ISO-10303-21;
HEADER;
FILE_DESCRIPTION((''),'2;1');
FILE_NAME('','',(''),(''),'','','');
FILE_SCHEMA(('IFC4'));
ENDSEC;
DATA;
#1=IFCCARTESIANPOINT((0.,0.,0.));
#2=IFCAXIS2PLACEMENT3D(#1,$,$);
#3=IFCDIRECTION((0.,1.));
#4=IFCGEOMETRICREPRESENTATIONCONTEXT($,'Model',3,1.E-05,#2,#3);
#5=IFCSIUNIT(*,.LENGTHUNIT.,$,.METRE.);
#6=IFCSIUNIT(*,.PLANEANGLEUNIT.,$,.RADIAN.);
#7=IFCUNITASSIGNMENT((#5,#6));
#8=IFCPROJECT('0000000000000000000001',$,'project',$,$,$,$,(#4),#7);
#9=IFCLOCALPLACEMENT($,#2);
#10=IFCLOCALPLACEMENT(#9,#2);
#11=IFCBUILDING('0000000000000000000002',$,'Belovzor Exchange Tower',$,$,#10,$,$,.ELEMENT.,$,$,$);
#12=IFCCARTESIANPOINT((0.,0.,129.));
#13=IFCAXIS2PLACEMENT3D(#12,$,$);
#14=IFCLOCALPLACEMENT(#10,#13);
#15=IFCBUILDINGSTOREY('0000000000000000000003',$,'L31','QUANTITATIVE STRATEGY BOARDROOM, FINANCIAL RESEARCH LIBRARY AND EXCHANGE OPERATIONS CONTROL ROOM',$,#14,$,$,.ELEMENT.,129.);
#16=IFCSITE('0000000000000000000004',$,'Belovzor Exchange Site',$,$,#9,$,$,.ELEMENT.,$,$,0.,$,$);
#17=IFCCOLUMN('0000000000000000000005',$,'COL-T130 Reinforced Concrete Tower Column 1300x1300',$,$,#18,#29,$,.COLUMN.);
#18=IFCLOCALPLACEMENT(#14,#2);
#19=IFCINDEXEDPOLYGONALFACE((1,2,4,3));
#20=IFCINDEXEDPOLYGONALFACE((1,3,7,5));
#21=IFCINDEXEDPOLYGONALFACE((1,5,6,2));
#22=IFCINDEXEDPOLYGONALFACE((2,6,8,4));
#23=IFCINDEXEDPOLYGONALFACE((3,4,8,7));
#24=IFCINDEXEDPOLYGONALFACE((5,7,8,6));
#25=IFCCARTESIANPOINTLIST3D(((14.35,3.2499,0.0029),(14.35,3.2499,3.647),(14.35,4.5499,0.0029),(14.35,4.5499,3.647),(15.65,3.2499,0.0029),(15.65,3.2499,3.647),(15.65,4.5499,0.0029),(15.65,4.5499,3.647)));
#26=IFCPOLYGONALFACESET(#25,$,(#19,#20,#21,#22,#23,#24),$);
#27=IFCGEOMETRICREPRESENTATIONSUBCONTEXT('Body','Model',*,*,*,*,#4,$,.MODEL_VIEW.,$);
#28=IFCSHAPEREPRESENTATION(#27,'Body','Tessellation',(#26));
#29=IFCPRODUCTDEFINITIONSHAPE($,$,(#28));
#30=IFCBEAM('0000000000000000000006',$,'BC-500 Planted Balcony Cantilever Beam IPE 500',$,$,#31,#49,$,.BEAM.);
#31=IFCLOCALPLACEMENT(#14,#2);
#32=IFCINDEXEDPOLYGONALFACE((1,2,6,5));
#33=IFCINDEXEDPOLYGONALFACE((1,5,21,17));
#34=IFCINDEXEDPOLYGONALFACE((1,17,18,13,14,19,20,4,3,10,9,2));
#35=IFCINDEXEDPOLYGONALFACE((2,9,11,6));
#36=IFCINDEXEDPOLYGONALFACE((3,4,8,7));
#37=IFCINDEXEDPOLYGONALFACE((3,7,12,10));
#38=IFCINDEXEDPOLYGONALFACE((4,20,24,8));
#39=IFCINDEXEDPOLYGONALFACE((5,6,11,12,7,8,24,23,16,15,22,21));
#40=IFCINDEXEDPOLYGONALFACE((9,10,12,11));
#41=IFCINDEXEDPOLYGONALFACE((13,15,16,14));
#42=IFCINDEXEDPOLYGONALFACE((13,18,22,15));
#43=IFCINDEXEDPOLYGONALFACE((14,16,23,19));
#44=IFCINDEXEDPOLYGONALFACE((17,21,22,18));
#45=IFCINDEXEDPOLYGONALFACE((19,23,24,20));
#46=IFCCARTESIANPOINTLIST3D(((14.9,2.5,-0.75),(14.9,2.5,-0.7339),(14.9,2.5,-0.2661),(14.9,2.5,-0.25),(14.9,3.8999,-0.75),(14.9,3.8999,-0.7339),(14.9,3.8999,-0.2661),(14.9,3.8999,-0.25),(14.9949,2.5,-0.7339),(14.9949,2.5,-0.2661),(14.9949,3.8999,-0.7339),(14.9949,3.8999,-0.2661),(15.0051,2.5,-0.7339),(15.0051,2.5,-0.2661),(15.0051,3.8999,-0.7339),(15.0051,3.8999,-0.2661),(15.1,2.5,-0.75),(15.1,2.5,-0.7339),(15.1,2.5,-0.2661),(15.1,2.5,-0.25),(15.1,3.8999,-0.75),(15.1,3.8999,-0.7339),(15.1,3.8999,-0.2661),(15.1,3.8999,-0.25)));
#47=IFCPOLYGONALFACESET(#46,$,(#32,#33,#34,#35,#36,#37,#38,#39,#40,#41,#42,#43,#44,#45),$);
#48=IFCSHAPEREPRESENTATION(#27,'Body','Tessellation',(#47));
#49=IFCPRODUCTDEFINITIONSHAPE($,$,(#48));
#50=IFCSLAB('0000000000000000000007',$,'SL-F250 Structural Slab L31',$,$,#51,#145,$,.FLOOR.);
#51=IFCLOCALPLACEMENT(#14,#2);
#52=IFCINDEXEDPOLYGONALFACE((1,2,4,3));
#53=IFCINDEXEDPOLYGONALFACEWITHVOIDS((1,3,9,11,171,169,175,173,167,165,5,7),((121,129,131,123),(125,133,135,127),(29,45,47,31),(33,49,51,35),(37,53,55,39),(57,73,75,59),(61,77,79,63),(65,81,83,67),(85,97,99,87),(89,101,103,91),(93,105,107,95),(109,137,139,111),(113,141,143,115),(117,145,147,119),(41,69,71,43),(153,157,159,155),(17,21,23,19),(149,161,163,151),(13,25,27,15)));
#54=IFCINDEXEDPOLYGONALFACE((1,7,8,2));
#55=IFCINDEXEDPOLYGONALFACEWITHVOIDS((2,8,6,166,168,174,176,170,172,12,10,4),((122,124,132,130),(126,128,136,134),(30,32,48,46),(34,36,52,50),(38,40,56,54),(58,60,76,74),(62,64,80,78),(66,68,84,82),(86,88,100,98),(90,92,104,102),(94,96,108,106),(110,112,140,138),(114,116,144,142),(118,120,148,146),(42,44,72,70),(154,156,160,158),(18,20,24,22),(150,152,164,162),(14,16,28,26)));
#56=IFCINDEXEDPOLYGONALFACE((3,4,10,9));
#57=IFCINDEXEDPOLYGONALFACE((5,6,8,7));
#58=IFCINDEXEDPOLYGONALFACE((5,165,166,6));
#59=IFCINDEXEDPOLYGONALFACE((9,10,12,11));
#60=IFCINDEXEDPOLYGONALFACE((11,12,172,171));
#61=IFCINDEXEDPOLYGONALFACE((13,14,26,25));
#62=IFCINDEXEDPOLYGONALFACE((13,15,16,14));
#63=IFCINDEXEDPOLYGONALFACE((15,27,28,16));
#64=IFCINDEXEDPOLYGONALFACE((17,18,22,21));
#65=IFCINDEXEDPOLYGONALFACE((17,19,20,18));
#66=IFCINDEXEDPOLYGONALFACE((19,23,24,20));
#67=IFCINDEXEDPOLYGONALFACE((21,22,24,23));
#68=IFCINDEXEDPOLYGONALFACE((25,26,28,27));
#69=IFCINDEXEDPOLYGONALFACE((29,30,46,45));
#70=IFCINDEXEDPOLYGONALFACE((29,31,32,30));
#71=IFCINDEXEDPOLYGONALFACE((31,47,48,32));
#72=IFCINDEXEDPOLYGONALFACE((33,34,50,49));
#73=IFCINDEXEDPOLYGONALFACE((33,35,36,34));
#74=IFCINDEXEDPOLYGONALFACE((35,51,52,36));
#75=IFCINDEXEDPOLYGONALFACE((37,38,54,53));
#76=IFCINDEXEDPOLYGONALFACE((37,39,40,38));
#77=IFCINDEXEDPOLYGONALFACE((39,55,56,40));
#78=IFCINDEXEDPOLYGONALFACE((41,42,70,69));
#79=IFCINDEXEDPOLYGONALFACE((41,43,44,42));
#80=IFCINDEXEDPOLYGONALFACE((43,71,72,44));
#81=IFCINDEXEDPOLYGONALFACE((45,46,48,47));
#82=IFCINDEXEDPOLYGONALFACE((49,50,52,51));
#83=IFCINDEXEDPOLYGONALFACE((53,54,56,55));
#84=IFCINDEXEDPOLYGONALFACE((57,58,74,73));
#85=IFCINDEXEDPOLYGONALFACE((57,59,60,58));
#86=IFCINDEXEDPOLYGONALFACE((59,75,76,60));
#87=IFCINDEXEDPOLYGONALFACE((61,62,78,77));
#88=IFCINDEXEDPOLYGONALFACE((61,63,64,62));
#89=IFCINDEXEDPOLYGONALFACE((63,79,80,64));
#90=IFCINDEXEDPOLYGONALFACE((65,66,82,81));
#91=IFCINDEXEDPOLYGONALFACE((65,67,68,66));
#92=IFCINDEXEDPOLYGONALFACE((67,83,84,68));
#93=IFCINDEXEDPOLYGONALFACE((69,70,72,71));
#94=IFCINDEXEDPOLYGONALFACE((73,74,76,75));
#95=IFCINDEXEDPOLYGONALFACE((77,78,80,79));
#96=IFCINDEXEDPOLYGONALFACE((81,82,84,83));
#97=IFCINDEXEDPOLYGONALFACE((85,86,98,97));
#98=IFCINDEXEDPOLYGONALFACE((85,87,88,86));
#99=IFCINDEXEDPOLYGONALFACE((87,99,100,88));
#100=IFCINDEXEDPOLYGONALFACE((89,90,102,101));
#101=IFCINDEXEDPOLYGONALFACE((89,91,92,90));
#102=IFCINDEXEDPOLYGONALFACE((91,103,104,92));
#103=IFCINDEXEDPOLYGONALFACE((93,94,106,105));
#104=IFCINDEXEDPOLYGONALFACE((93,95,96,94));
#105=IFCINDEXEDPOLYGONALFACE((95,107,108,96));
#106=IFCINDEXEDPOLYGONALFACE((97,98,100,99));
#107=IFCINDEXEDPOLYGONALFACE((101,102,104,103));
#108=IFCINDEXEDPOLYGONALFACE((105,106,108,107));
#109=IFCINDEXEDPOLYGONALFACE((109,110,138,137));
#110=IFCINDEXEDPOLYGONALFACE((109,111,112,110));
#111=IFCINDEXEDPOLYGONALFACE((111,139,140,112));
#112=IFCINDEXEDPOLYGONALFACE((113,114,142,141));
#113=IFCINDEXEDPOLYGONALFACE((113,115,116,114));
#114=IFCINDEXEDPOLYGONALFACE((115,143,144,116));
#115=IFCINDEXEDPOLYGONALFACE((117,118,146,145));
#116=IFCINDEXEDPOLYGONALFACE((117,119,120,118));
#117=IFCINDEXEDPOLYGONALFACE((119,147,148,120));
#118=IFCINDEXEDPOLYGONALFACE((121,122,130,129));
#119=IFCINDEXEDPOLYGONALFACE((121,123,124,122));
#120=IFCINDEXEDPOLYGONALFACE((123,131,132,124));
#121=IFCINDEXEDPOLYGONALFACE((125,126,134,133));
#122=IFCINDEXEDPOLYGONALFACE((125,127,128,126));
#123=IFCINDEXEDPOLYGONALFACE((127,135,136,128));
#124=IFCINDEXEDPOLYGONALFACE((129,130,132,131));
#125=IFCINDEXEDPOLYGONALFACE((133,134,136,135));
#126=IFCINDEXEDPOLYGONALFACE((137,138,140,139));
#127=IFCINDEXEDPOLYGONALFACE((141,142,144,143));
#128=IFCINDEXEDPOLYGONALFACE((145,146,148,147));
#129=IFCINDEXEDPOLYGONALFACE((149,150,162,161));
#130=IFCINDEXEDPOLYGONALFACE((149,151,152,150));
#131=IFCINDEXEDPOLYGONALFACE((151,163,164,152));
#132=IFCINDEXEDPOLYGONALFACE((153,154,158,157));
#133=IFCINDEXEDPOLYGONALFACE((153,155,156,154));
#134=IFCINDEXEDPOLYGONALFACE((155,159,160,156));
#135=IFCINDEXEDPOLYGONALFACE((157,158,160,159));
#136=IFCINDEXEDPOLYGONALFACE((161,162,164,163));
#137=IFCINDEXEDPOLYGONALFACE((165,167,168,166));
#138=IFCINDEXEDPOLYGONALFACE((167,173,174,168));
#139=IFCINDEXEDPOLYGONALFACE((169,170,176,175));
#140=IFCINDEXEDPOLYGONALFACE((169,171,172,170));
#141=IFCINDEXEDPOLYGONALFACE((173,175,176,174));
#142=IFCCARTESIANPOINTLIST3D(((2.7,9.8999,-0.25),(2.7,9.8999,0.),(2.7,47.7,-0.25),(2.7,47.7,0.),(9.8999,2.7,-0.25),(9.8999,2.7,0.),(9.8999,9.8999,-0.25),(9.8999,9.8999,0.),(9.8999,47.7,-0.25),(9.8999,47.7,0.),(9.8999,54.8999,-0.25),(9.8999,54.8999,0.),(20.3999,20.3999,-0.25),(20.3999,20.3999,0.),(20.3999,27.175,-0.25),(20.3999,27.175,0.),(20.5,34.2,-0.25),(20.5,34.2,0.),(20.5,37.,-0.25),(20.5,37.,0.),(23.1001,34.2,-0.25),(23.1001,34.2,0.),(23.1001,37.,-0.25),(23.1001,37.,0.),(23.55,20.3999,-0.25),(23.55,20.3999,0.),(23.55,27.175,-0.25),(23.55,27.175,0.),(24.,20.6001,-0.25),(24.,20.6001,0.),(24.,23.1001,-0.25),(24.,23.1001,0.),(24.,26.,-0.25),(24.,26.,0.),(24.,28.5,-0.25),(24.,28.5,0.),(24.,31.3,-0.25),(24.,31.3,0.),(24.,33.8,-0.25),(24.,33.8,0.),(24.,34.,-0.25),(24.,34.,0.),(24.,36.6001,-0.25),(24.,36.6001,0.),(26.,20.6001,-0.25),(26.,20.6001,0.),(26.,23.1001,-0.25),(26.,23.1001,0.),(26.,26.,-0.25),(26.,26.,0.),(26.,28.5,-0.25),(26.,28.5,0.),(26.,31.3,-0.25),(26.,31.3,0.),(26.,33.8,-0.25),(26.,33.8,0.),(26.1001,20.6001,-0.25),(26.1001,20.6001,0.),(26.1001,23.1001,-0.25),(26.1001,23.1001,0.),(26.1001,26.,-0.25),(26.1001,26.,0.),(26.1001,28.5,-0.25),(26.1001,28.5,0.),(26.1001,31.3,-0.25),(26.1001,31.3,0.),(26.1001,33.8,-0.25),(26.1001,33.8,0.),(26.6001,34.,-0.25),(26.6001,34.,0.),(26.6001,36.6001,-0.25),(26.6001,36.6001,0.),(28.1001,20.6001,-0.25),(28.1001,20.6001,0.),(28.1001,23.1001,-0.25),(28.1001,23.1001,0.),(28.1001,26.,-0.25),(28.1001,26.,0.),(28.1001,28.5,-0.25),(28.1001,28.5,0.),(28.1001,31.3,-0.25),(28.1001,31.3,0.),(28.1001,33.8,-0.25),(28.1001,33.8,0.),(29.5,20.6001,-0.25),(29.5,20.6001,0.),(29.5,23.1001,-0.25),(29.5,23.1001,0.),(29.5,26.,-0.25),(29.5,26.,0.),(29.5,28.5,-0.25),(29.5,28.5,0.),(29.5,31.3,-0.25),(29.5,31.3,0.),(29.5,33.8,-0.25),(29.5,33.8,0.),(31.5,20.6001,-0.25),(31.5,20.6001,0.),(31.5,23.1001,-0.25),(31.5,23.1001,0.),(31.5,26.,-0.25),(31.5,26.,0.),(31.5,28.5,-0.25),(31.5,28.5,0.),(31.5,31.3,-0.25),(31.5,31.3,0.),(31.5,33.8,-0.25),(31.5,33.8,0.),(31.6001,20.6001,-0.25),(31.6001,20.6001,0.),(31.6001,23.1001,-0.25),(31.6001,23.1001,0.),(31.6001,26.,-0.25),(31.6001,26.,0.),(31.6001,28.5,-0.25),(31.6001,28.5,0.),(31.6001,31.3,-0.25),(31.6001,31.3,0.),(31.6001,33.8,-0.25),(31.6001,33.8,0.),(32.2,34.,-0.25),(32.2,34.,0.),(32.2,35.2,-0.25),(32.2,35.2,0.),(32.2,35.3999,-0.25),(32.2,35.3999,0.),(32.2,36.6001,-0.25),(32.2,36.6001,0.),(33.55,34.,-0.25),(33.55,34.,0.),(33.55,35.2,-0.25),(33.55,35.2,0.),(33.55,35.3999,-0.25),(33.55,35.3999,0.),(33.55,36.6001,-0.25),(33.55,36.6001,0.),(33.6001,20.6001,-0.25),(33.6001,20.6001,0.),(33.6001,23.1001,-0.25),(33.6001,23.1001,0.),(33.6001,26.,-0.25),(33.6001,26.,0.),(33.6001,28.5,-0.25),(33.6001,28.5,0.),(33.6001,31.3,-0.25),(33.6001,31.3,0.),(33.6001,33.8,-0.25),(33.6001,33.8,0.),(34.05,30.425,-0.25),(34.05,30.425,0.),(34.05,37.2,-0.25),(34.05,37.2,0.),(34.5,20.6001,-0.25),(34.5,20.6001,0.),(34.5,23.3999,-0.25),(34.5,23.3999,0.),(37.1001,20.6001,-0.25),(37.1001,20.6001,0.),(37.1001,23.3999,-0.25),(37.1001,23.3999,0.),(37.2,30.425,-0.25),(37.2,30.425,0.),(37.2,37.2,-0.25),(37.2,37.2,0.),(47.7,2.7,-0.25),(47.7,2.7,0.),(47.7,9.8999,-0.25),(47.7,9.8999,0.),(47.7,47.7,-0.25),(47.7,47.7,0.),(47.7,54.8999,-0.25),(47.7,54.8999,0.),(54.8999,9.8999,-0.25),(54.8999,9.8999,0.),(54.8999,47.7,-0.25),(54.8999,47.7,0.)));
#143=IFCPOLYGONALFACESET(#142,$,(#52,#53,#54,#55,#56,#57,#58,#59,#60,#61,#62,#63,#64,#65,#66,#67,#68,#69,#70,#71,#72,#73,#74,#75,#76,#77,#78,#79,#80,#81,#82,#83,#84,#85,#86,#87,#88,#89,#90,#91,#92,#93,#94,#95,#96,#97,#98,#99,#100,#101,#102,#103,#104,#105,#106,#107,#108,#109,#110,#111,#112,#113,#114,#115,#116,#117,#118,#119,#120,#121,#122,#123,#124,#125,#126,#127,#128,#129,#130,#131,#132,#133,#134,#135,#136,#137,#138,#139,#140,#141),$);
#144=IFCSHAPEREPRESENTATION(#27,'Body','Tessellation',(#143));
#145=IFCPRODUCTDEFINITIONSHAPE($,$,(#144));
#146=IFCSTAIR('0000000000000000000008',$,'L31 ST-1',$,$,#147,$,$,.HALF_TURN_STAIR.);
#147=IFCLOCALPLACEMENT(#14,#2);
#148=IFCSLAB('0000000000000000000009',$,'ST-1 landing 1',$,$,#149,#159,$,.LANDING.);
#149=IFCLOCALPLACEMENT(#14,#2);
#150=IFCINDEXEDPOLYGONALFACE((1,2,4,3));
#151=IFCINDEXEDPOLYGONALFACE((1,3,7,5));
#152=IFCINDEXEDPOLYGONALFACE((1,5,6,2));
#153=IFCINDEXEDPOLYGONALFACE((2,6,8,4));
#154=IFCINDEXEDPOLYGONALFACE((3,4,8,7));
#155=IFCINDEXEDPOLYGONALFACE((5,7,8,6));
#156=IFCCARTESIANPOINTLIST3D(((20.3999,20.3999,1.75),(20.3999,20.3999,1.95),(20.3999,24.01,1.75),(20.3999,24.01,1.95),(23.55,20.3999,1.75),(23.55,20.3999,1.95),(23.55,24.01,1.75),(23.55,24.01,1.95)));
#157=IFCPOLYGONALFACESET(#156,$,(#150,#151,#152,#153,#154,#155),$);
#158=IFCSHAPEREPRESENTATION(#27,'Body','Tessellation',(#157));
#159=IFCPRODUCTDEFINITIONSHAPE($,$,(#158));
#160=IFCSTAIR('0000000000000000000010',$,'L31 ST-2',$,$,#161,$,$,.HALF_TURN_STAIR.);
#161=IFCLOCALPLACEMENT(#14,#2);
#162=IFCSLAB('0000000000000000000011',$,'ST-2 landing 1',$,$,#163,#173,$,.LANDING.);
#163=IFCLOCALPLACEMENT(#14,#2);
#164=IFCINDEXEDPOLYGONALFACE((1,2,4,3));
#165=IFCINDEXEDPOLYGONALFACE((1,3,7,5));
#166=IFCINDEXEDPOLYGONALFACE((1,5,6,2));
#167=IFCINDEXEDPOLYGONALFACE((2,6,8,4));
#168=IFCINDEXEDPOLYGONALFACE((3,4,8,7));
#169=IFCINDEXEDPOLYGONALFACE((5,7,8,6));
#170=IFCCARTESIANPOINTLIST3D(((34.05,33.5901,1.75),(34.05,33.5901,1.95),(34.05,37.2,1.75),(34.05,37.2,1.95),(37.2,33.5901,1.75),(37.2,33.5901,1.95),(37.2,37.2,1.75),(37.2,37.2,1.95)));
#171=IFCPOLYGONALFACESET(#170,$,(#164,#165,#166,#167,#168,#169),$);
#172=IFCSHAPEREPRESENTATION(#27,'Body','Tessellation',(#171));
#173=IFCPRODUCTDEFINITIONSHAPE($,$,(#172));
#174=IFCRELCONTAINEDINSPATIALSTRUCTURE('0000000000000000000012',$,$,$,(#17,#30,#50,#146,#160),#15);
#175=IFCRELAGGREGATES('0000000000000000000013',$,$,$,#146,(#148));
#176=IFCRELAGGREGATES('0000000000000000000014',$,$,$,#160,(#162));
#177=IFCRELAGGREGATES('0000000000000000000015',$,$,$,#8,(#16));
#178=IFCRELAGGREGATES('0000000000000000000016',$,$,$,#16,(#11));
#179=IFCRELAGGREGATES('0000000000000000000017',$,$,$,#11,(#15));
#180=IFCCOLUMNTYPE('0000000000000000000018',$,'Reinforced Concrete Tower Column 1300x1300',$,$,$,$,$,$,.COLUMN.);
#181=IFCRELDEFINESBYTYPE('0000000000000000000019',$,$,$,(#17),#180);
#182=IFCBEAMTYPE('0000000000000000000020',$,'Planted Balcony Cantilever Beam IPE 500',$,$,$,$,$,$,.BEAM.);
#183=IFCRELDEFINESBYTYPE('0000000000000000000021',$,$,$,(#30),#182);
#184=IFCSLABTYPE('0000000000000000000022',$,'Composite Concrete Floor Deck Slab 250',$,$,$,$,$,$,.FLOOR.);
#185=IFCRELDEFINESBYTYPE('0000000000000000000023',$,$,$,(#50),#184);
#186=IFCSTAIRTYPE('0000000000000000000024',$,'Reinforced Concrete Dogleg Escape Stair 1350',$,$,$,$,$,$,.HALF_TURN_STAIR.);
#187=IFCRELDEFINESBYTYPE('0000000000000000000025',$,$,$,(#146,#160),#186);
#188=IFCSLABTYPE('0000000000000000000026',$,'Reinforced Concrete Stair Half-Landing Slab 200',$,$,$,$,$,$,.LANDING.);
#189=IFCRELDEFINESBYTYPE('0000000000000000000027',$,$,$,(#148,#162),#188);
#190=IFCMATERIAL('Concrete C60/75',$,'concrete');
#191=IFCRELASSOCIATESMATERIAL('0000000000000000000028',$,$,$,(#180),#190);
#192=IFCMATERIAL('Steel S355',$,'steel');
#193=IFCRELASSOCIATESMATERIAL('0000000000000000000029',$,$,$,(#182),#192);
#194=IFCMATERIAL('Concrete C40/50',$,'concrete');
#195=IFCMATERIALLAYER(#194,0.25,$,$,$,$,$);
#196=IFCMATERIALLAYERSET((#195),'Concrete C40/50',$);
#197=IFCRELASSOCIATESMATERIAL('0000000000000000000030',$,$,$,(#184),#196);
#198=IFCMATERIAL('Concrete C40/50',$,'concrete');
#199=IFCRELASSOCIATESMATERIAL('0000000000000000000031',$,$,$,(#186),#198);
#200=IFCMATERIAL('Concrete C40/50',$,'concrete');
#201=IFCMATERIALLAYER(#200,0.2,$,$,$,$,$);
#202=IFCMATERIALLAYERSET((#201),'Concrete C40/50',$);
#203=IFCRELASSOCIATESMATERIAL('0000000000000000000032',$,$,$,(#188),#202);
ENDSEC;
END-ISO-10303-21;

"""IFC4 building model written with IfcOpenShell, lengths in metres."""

from ifc_helpers import new_model, si_unit, direction, frame, origin, origin_2d, place, context, subcontext, project, spatial, polyline, rectangle, i_section, outline, extrude, material, layer, layer_set, material_profile, profile_set, type_object, element, aggregate, save


model = new_model("IFC4")

# Units and contexts
model_context = context("Model", 3, precision=1e-05, world=origin(), true_north=direction((0.0, 1.0)))
body_context = subcontext(model_context, "Body", "Model", "MODEL_VIEW")
ifc_project = project(units=[si_unit("LENGTHUNIT", "METRE"), si_unit("PLANEANGLEUNIT", "RADIAN")], contexts=[model_context])

# Site, building, storey
site_placement = place(None, origin())
site = spatial("IfcSite", under=ifc_project, at=site_placement, Name="Belovzor Exchange Site", CompositionType="ELEMENT", RefElevation=0.0)
building_placement = place(site_placement, origin())
building = spatial("IfcBuilding", under=site, at=building_placement, Name="Belovzor Exchange Tower", CompositionType="ELEMENT")
storey_placement = place(building_placement, frame((0.0, 0.0, 129.0)))
storey = spatial("IfcBuildingStorey", under=building, at=storey_placement, Name="L31", Description="QUANTITATIVE STRATEGY BOARDROOM, FINANCIAL RESEARCH LIBRARY AND EXCHANGE OPERATIONS CONTROL ROOM", CompositionType="ELEMENT", Elevation=129.0)

# Column
ifc_material_1 = material(Name="Concrete C60/75", Category="concrete")
ifc_material_profile_1 = material_profile(ifc_material_1, rectangle(XDim=1.3, YDim=1.3, at=origin_2d()))
ifc_profile_set_1 = profile_set([ifc_material_profile_1], Name="Concrete C60/75")
column_type = type_object("IfcColumnType", Name="Reinforced Concrete Tower Column 1300x1300", PredefinedType="COLUMN", material=ifc_profile_set_1)
column_placement = place(storey_placement, frame((15.0, 3.8999, 0.0029), z_axis=(0.0, 0.0, 1.0), x_axis=(1.0, 0.0, 0.0)))
element("IfcColumn", 1, at=column_placement, inside=storey, type_object=column_type, Name="COL-T130 Reinforced Concrete Tower Column 1300x1300", PredefinedType="COLUMN", context=body_context, shape_type="SweptSolid", body=[
    extrude(rectangle(XDim=1.3, YDim=1.3, at=origin_2d()), origin(), (0.0, 0.0, 1.0), 3.644),
])

# Beam
ifc_material_2 = material(Name="Steel S355", Category="steel")
ifc_material_profile_2 = material_profile(ifc_material_2, i_section(OverallWidth=0.2, OverallDepth=0.5, WebThickness=0.0103, FlangeThickness=0.0161, at=origin_2d()))
ifc_profile_set_2 = profile_set([ifc_material_profile_2], Name="Steel S355")
beam_type = type_object("IfcBeamType", Name="Planted Balcony Cantilever Beam IPE 500", PredefinedType="BEAM", material=ifc_profile_set_2)
beam_placement = place(storey_placement, frame((15.0, 3.8999, -0.5), z_axis=(0.0, -1.0, 0.0), x_axis=(1.0, 0.0, 0.0)))
element("IfcBeam", 2, at=beam_placement, inside=storey, type_object=beam_type, Name="BC-500 Planted Balcony Cantilever Beam IPE 500", PredefinedType="BEAM", context=body_context, shape_type="SweptSolid", body=[
    extrude(i_section(OverallWidth=0.2, OverallDepth=0.5, WebThickness=0.0103, FlangeThickness=0.0161, at=origin_2d()), origin(), (0.0, 0.0, 1.0), 1.3999),
])

# Slab
ifc_material_3 = material(Name="Concrete C40/50", Category="concrete")
ifc_layer_1 = layer(ifc_material_3, 0.25)
ifc_layer_set_1 = layer_set([ifc_layer_1], Name="Concrete C40/50")
slab_type_1 = type_object("IfcSlabType", Name="Composite Concrete Floor Deck Slab 250", PredefinedType="FLOOR", material=ifc_layer_set_1)
slab_1_placement = place(storey_placement, frame((0.0, 0.0, -0.25)))
element("IfcSlab", 3, at=slab_1_placement, inside=storey, type_object=slab_type_1, Name="SL-F250 Structural Slab L31", PredefinedType="FLOOR", context=body_context, shape_type="SweptSolid", body=[
    extrude(outline(polyline([(9.8999, 2.7), (47.7, 2.7), (47.7, 9.8999), (54.8999, 9.8999), (54.8999, 47.7), (47.7, 47.7), (47.7, 54.8999), (9.8999, 54.8999), (9.8999, 47.7), (2.7, 47.7), (2.7, 9.8999), (9.8999, 9.8999), (9.8999, 2.7)]), holes=[polyline([(20.3999, 27.175), (20.3999, 20.3999), (23.55, 20.3999), (23.55, 27.175), (20.3999, 27.175)]), polyline([(37.2, 30.425), (37.2, 37.2), (34.05, 37.2), (34.05, 30.425), (37.2, 30.425)]), polyline([(20.5, 34.2), (23.1001, 34.2), (23.1001, 37.0), (20.5, 37.0), (20.5, 34.2)]), polyline([(34.5, 20.6001), (37.1001, 20.6001), (37.1001, 23.3999), (34.5, 23.3999), (34.5, 20.6001)]), polyline([(24.0, 34.0), (26.6001, 34.0), (26.6001, 36.6001), (24.0, 36.6001), (24.0, 34.0)]), polyline([(24.0, 20.6001), (26.0, 20.6001), (26.0, 23.1001), (24.0, 23.1001), (24.0, 20.6001)]), polyline([(26.1001, 20.6001), (28.1001, 20.6001), (28.1001, 23.1001), (26.1001, 23.1001), (26.1001, 20.6001)]), polyline([(29.5, 20.6001), (31.5, 20.6001), (31.5, 23.1001), (29.5, 23.1001), (29.5, 20.6001)]), polyline([(31.6001, 20.6001), (33.6001, 20.6001), (33.6001, 23.1001), (31.6001, 23.1001), (31.6001, 20.6001)]), polyline([(24.0, 26.0), (26.0, 26.0), (26.0, 28.5), (24.0, 28.5), (24.0, 26.0)]), polyline([(26.1001, 26.0), (28.1001, 26.0), (28.1001, 28.5), (26.1001, 28.5), (26.1001, 26.0)]), polyline([(29.5, 26.0), (31.5, 26.0), (31.5, 28.5), (29.5, 28.5), (29.5, 26.0)]), polyline([(31.6001, 26.0), (33.6001, 26.0), (33.6001, 28.5), (31.6001, 28.5), (31.6001, 26.0)]), polyline([(24.0, 31.3), (26.0, 31.3), (26.0, 33.8), (24.0, 33.8), (24.0, 31.3)]), polyline([(26.1001, 31.3), (28.1001, 31.3), (28.1001, 33.8), (26.1001, 33.8), (26.1001, 31.3)]), polyline([(29.5, 31.3), (31.5, 31.3), (31.5, 33.8), (29.5, 33.8), (29.5, 31.3)]), polyline([(31.6001, 31.3), (33.6001, 31.3), (33.6001, 33.8), (31.6001, 33.8), (31.6001, 31.3)]), polyline([(32.2, 34.0), (33.55, 34.0), (33.55, 35.2), (32.2, 35.2), (32.2, 34.0)]), polyline([(32.2, 35.3999), (33.55, 35.3999), (33.55, 36.6001), (32.2, 36.6001), (32.2, 35.3999)])]), origin(), (0.0, 0.0, 1.0), 0.25),
])

# Stairs, slabs
ifc_material_4 = material(Name="Concrete C40/50", Category="concrete")
stair_type = type_object("IfcStairType", Name="Reinforced Concrete Dogleg Escape Stair 1350", PredefinedType="HALF_TURN_STAIR", material=ifc_material_4)
stair_1_placement = place(storey_placement, origin())
stair_1 = element("IfcStair", 4, at=stair_1_placement, inside=storey, type_object=stair_type, Name="L31 ST-1", PredefinedType="HALF_TURN_STAIR")
ifc_material_5 = material(Name="Concrete C40/50", Category="concrete")
ifc_layer_2 = layer(ifc_material_5, 0.2)
ifc_layer_set_2 = layer_set([ifc_layer_2], Name="Concrete C40/50")
slab_type_2 = type_object("IfcSlabType", Name="Reinforced Concrete Stair Half-Landing Slab 200", PredefinedType="LANDING", material=ifc_layer_set_2)
slab_2_placement = place(storey_placement, frame((0.0, 0.0, 1.75)))
slab_2 = element("IfcSlab", 5, at=slab_2_placement, type_object=slab_type_2, Name="ST-1 landing 1", PredefinedType="LANDING", context=body_context, shape_type="SweptSolid", body=[
    extrude(outline(polyline([(20.3999, 24.01), (20.3999, 20.3999), (23.55, 20.3999), (23.55, 24.01), (20.3999, 24.01)])), origin(), (0.0, 0.0, 1.0), 0.2),
])
aggregate(stair_1, [slab_2])
stair_2_placement = place(storey_placement, origin())
stair_2 = element("IfcStair", 6, at=stair_2_placement, inside=storey, type_object=stair_type, Name="L31 ST-2", PredefinedType="HALF_TURN_STAIR")
slab_3_placement = place(storey_placement, frame((0.0, 0.0, 1.75)))
slab_3 = element("IfcSlab", 7, at=slab_3_placement, type_object=slab_type_2, Name="ST-2 landing 1", PredefinedType="LANDING", context=body_context, shape_type="SweptSolid", body=[
    extrude(outline(polyline([(37.2, 33.5901), (37.2, 37.2), (34.05, 37.2), (34.05, 33.5901), (37.2, 33.5901)])), origin(), (0.0, 0.0, 1.0), 0.2),
])
aggregate(stair_2, [slab_3])

save(model, "model.ifc")
